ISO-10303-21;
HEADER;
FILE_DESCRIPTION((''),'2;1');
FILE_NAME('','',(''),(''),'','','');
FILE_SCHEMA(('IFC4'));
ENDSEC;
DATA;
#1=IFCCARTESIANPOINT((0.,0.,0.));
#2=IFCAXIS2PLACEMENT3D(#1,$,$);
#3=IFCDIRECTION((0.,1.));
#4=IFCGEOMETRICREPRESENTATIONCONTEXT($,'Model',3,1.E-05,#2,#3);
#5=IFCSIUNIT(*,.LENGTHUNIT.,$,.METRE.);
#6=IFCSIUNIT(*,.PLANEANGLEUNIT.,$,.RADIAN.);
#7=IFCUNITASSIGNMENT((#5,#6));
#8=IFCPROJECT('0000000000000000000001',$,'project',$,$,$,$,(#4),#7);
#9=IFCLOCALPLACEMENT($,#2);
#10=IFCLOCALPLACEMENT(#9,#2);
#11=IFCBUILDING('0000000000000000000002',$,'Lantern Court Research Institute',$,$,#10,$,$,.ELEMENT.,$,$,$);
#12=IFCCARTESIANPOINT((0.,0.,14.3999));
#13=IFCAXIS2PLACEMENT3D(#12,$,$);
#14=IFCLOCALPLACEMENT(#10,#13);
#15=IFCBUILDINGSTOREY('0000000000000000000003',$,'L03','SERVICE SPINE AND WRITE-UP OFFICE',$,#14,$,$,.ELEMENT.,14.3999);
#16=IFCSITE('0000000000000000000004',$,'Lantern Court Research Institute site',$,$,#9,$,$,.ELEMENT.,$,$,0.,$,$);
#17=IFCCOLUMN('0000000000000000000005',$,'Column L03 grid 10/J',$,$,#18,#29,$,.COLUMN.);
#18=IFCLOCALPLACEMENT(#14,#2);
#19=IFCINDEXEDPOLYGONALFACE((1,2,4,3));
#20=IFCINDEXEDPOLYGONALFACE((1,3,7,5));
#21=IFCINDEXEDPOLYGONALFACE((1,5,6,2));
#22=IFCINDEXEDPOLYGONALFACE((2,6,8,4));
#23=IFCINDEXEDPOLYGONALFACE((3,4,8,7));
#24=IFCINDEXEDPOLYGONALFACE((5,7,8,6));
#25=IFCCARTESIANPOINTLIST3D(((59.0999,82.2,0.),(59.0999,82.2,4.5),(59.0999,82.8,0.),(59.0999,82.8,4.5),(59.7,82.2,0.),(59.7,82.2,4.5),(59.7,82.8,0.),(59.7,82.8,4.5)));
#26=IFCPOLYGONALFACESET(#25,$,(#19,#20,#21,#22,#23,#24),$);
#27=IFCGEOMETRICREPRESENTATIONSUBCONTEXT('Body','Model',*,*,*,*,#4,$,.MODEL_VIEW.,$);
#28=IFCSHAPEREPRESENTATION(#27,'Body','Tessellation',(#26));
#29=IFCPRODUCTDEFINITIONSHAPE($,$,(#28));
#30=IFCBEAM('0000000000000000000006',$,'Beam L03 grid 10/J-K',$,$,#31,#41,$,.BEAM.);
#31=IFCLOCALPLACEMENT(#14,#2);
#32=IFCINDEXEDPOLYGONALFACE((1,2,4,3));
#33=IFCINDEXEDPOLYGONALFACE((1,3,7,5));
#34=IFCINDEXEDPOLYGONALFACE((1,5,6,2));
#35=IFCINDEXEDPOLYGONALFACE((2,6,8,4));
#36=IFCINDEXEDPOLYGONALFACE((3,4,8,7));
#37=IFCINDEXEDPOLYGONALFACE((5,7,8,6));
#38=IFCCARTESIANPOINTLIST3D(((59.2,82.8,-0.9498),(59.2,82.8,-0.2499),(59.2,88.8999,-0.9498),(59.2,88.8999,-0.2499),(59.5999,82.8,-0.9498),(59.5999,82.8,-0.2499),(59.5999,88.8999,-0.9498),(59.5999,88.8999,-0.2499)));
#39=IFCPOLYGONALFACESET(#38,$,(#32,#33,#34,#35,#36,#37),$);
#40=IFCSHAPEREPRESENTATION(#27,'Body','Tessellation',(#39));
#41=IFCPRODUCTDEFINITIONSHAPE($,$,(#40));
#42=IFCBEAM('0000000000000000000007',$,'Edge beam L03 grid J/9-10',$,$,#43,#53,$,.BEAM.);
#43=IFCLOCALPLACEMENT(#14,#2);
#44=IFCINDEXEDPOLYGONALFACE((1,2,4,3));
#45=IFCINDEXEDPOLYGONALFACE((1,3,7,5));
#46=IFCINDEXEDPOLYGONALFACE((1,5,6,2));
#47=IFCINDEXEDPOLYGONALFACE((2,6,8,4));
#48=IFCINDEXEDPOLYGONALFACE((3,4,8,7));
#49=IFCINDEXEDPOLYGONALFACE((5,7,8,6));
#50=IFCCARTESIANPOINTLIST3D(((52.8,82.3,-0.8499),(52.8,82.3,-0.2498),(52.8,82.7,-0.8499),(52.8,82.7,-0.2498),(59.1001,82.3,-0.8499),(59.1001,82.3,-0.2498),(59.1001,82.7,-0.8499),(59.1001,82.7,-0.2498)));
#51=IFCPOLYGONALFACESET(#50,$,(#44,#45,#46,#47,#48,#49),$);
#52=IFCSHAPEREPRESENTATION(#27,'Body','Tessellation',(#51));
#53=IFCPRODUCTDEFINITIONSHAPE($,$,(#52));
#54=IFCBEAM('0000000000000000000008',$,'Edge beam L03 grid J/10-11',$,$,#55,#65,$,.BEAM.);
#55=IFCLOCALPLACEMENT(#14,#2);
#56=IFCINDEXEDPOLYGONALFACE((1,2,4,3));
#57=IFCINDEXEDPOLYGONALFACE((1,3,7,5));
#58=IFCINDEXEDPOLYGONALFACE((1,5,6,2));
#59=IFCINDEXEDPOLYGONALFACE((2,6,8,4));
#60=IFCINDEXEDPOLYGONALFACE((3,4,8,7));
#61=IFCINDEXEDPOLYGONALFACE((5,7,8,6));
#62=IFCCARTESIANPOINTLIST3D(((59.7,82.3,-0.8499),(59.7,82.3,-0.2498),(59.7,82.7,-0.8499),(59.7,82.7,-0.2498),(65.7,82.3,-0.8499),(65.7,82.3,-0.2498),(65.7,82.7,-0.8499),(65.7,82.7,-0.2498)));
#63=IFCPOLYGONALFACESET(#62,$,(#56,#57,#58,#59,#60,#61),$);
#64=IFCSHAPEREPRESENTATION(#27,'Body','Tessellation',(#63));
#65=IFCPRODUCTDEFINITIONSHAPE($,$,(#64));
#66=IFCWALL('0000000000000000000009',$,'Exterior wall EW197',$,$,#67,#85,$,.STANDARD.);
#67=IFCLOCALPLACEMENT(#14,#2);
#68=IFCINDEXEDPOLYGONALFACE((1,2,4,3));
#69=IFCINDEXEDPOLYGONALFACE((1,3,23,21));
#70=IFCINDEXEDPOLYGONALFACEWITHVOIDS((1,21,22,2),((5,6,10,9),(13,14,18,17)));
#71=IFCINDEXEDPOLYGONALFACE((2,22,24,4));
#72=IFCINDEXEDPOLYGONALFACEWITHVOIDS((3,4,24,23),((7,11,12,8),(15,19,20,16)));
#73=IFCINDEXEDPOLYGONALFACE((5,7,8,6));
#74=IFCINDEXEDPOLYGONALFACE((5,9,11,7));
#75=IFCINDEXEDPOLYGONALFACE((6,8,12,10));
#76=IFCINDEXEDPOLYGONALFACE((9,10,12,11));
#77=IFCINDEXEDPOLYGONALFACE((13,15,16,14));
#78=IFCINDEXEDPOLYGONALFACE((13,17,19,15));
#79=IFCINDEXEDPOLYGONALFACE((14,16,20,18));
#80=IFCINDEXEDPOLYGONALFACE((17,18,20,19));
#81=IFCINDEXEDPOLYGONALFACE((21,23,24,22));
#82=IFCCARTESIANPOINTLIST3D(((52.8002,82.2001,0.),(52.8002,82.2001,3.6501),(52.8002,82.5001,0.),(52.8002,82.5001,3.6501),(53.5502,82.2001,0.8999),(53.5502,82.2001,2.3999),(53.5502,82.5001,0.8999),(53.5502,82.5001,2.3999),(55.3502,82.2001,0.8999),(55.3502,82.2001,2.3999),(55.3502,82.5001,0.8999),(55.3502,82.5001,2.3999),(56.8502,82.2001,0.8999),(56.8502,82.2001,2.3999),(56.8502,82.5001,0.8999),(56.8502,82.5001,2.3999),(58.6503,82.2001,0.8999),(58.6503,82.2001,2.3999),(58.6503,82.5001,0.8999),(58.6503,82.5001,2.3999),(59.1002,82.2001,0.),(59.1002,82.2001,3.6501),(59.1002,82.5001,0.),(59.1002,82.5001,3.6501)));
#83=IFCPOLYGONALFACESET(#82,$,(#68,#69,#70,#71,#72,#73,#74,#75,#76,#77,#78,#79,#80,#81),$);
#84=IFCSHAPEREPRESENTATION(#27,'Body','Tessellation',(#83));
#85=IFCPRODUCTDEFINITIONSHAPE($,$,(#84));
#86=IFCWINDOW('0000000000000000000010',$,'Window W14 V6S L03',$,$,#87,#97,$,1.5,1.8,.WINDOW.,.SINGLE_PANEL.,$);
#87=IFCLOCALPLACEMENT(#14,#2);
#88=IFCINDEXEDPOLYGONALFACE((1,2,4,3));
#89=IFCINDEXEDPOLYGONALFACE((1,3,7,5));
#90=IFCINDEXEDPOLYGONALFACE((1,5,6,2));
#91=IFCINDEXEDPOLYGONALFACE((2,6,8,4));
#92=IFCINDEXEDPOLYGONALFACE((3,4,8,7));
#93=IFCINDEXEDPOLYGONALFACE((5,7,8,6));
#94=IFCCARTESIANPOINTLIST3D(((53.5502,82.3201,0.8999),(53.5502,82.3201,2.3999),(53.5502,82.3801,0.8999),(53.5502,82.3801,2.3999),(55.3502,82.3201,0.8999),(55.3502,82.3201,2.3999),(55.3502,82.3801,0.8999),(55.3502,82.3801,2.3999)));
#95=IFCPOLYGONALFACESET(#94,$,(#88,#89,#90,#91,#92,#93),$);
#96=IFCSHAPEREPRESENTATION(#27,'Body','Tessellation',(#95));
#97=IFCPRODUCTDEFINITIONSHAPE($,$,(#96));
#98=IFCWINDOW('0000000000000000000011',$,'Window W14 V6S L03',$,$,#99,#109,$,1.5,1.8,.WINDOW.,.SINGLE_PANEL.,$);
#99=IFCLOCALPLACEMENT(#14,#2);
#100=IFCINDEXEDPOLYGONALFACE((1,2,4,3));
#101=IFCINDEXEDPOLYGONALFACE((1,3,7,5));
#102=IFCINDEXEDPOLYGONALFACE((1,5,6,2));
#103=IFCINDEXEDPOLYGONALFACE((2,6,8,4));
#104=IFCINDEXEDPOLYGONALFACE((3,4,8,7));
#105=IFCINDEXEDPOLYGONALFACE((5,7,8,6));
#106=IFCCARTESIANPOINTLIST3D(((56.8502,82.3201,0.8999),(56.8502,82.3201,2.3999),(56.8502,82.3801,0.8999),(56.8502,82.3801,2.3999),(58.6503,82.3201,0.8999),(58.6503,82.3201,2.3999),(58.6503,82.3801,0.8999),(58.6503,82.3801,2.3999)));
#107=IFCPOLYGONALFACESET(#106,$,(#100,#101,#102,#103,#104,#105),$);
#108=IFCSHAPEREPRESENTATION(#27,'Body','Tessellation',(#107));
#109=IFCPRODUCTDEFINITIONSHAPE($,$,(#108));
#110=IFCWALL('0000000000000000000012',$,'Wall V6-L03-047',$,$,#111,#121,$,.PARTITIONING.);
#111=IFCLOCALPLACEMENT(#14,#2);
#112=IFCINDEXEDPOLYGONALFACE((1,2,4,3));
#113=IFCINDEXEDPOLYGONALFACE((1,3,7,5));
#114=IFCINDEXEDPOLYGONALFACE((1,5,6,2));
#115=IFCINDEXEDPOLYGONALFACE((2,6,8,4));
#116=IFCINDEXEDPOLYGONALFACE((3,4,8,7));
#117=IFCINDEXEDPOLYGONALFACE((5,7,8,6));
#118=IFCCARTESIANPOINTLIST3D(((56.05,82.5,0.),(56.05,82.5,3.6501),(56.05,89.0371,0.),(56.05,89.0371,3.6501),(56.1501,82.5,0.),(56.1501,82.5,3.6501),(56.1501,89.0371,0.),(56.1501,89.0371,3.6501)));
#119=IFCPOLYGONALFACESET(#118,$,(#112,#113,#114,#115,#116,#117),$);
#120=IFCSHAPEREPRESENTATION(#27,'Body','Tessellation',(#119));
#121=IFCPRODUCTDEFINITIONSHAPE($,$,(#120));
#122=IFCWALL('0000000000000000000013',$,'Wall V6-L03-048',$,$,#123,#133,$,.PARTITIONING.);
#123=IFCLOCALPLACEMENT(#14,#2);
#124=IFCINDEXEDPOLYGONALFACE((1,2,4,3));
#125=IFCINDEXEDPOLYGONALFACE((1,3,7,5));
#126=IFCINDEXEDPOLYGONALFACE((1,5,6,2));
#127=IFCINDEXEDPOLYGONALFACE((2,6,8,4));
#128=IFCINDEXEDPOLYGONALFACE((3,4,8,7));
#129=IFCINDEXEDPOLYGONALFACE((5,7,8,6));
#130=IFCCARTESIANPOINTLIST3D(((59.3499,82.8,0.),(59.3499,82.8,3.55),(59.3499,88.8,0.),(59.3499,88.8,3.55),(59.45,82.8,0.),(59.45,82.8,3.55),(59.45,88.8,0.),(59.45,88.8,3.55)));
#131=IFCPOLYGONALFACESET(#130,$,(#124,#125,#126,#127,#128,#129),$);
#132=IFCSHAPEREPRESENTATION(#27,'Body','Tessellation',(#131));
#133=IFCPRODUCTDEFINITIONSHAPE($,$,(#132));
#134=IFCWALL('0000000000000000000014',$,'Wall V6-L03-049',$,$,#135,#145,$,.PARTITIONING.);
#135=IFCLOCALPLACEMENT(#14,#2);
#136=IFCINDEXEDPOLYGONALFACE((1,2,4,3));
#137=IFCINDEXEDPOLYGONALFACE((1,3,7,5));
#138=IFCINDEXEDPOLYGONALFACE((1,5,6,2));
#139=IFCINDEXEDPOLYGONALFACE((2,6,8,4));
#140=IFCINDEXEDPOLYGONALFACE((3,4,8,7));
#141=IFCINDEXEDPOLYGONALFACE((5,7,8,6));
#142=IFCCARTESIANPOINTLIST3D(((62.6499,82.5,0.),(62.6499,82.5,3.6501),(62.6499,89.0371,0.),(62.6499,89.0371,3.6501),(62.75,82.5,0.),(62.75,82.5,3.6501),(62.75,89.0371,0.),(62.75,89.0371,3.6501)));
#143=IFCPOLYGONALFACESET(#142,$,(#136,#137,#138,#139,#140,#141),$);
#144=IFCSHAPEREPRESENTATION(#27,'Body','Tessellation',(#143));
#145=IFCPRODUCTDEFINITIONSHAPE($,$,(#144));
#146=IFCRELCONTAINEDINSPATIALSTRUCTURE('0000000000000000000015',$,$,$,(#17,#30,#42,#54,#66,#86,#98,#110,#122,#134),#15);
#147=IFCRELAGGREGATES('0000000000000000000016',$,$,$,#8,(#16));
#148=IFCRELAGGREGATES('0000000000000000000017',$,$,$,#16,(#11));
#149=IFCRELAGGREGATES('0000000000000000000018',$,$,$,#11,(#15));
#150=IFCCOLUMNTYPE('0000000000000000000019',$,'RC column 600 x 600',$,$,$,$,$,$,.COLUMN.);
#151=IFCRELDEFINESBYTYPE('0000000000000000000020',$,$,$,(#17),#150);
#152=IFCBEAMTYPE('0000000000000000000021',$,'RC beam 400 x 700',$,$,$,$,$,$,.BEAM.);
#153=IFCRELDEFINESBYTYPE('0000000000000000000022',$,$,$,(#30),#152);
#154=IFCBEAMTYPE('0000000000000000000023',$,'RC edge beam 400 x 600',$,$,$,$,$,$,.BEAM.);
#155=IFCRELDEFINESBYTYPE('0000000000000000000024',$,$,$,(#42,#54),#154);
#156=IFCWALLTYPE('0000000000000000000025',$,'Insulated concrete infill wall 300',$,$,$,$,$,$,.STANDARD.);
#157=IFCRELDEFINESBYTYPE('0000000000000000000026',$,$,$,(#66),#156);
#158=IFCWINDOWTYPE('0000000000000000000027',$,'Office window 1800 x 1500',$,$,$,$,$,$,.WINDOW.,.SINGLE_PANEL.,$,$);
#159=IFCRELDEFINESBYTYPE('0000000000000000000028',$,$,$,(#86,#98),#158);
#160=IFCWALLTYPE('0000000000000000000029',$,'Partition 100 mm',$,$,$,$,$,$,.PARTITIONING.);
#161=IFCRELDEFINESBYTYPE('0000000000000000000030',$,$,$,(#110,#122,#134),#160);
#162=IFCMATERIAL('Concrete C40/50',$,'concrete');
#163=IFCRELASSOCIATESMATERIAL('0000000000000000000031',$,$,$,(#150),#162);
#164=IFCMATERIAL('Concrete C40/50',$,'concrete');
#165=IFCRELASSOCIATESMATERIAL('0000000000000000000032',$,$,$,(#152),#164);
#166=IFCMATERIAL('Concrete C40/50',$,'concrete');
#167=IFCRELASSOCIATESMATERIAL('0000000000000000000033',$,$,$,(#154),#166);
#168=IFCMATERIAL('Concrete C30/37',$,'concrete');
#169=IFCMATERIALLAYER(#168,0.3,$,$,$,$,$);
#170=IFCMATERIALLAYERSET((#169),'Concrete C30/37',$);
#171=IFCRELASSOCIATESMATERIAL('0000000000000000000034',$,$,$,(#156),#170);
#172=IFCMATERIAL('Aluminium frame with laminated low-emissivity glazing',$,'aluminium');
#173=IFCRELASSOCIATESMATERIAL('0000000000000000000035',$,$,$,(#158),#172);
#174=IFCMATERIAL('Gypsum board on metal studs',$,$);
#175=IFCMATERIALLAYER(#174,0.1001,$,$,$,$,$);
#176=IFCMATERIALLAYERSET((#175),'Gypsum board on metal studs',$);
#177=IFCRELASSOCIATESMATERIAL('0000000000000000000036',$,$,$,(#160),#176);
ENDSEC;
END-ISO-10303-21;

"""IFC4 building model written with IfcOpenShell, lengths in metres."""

from ifc_helpers import new_model, si_unit, direction, frame, frame_2d, origin, origin_2d, place, context, subcontext, project, spatial, rectangle, extrude, material, layer, layer_set, material_profile, profile_set, type_object, element, fill, save


model = new_model("IFC4")

# Units and contexts
model_context = context("Model", 3, precision=1e-05, world=origin(), true_north=direction((0.0, 1.0)))
body_context = subcontext(model_context, "Body", "Model", "MODEL_VIEW")
ifc_project = project(units=[si_unit("LENGTHUNIT", "METRE"), si_unit("PLANEANGLEUNIT", "RADIAN")], contexts=[model_context])

# Site, building, storey
site_placement = place(None, origin())
site = spatial("IfcSite", under=ifc_project, at=site_placement, Name="Lantern Court Research Institute site", CompositionType="ELEMENT", RefElevation=0.0)
building_placement = place(site_placement, origin())
building = spatial("IfcBuilding", under=site, at=building_placement, Name="Lantern Court Research Institute", CompositionType="ELEMENT")
storey_placement = place(building_placement, frame((0.0, 0.0, 14.3999)))
storey = spatial("IfcBuildingStorey", under=building, at=storey_placement, Name="L03", Description="SERVICE SPINE AND WRITE-UP OFFICE", CompositionType="ELEMENT", Elevation=14.3999)

# Column
ifc_material_1 = material(Name="Concrete C40/50", Category="concrete")
ifc_material_profile_1 = material_profile(ifc_material_1, rectangle(XDim=0.6001, YDim=0.6001, at=origin_2d()), Name="RC column 600 x 600")
ifc_profile_set_1 = profile_set([ifc_material_profile_1], Name="Concrete C40/50")
column_type = type_object("IfcColumnType", Name="RC column 600 x 600", PredefinedType="COLUMN", material=ifc_profile_set_1)
column_placement = place(storey_placement, frame((59.3999, 82.5, 0.0), z_axis=(0.0, 0.0, 1.0), x_axis=(1.0, 0.0, 0.0)))
element("IfcColumn", 1, at=column_placement, inside=storey, type_object=column_type, Name="Column L03 grid 10/J", PredefinedType="COLUMN", context=body_context, shape_type="SweptSolid", body=[
    extrude(rectangle(XDim=0.6001, YDim=0.6001, at=origin_2d()), origin(), (0.0, 0.0, 1.0), 4.5),
])

# Beams
ifc_material_2 = material(Name="Concrete C40/50", Category="concrete")
ifc_material_profile_2 = material_profile(ifc_material_2, rectangle(XDim=0.3999, YDim=0.7, at=origin_2d()), Name="RC beam 400 x 700")
ifc_profile_set_2 = profile_set([ifc_material_profile_2], Name="Concrete C40/50")
beam_type_1 = type_object("IfcBeamType", Name="RC beam 400 x 700", PredefinedType="BEAM", material=ifc_profile_set_2)
beam_1_placement = place(storey_placement, frame((59.3999, 82.8, -0.5999), z_axis=(0.0, 1.0, 0.0), x_axis=(-1.0, 0.0, 0.0)))
element("IfcBeam", 2, at=beam_1_placement, inside=storey, type_object=beam_type_1, Name="Beam L03 grid 10/J-K", PredefinedType="BEAM", context=body_context, shape_type="SweptSolid", body=[
    extrude(rectangle(XDim=0.3999, YDim=0.7, at=origin_2d()), origin(), (0.0, 0.0, 1.0), 6.0999),
])
ifc_material_3 = material(Name="Concrete C40/50", Category="concrete")
ifc_material_profile_3 = material_profile(ifc_material_3, rectangle(XDim=0.3999, YDim=0.6001, at=origin_2d()), Name="RC beam 400 x 600")
ifc_profile_set_3 = profile_set([ifc_material_profile_3], Name="Concrete C40/50")
beam_type_2 = type_object("IfcBeamType", Name="RC edge beam 400 x 600", PredefinedType="BEAM", material=ifc_profile_set_3)
beam_2_placement = place(storey_placement, frame((52.8, 82.5, -0.5498), z_axis=(1.0, 0.0, 0.0), x_axis=(0.0, 1.0, 0.0)))
element("IfcBeam", 3, at=beam_2_placement, inside=storey, type_object=beam_type_2, Name="Edge beam L03 grid J/9-10", PredefinedType="BEAM", context=body_context, shape_type="SweptSolid", body=[
    extrude(rectangle(XDim=0.3999, YDim=0.6001, at=origin_2d()), origin(), (0.0, 0.0, 1.0), 6.3),
])
beam_3_placement = place(storey_placement, frame((59.7, 82.5, -0.5498), z_axis=(1.0, 0.0, 0.0), x_axis=(0.0, 1.0, 0.0)))
element("IfcBeam", 4, at=beam_3_placement, inside=storey, type_object=beam_type_2, Name="Edge beam L03 grid J/10-11", PredefinedType="BEAM", context=body_context, shape_type="SweptSolid", body=[
    extrude(rectangle(XDim=0.3999, YDim=0.6001, at=origin_2d()), origin(), (0.0, 0.0, 1.0), 6.0),
])

# Wall, openings, windows
ifc_material_4 = material(Name="Concrete C30/37", Category="concrete")
ifc_layer_1 = layer(ifc_material_4, 0.3)
ifc_layer_set_1 = layer_set([ifc_layer_1], Name="Concrete C30/37")
wall_type_1 = type_object("IfcWallType", Name="Insulated concrete infill wall 300", PredefinedType="STANDARD", material=ifc_layer_set_1)
wall_1_placement = place(storey_placement, frame((59.1001, 82.3501, 0.0), z_axis=(0.0, 0.0, 1.0), x_axis=(-1.0, 0.0, 0.0)))
wall_1 = element("IfcWall", 5, at=wall_1_placement, inside=storey, type_object=wall_type_1, Name="Exterior wall EW197", PredefinedType="STANDARD", context=body_context, shape_type="SweptSolid", body=[
    extrude(rectangle(XDim=6.3, YDim=0.3, at=frame_2d((3.1499, 0.0))), origin(), (0.0, 0.0, 1.0), 3.6501),
])
opening_1_placement = place(wall_1_placement, frame((3.75, 0.0, 0.8999)))
opening_1 = element("IfcOpeningElement", 6, at=opening_1_placement, cuts=wall_1, PredefinedType="OPENING", context=body_context, shape_type="SweptSolid", body=[
    extrude(rectangle(XDim=1.8, YDim=1.5, at=frame_2d((0.8999, 0.75))), frame((0.0, 0.1599, 0.0), z_axis=(0.0, -1.0, 0.0), x_axis=(1.0, 0.0, 0.0)), (0.0, 0.0, 1.0), 0.3201),
])
opening_2_placement = place(wall_1_placement, frame((0.45, 0.0, 0.8999)))
opening_2 = element("IfcOpeningElement", 7, at=opening_2_placement, cuts=wall_1, PredefinedType="OPENING", context=body_context, shape_type="SweptSolid", body=[
    extrude(rectangle(XDim=1.8, YDim=1.5, at=frame_2d((0.8999, 0.75))), frame((0.0, 0.1599, 0.0), z_axis=(0.0, -1.0, 0.0), x_axis=(1.0, 0.0, 0.0)), (0.0, 0.0, 1.0), 0.3201),
])
ifc_material_5 = material(Name="Aluminium frame with laminated low-emissivity glazing", Category="aluminium")
window_type_1 = type_object("IfcWindowType", Name="Office window 1800 x 1500", PartitioningType="SINGLE_PANEL", PredefinedType="WINDOW", material=ifc_material_5)
window_1_placement = place(opening_1_placement, origin())
window_1 = element("IfcWindow", 8, at=window_1_placement, inside=storey, type_object=window_type_1, Name="Window W14 V6S L03", OverallHeight=1.5, OverallWidth=1.8, PartitioningType="SINGLE_PANEL", PredefinedType="WINDOW", context=body_context, shape_type="SweptSolid", body=[
    extrude(rectangle(XDim=1.8, YDim=1.5, at=frame_2d((0.8999, 0.75))), frame((0.0, 0.03, 0.0), z_axis=(0.0, -1.0, 0.0), x_axis=(1.0, 0.0, 0.0)), (0.0, 0.0, 1.0), 0.0601),
])
fill(opening_1, window_1)
window_2_placement = place(opening_2_placement, origin())
window_2 = element("IfcWindow", 9, at=window_2_placement, inside=storey, type_object=window_type_1, Name="Window W14 V6S L03", OverallHeight=1.5, OverallWidth=1.8, PartitioningType="SINGLE_PANEL", PredefinedType="WINDOW", context=body_context, shape_type="SweptSolid", body=[
    extrude(rectangle(XDim=1.8, YDim=1.5, at=frame_2d((0.8999, 0.75))), frame((0.0, 0.03, 0.0), z_axis=(0.0, -1.0, 0.0), x_axis=(1.0, 0.0, 0.0)), (0.0, 0.0, 1.0), 0.0601),
])
fill(opening_2, window_2)

# Walls
ifc_material_6 = material(Name="Gypsum board on metal studs")
ifc_layer_2 = layer(ifc_material_6, 0.1001)
ifc_layer_set_2 = layer_set([ifc_layer_2], Name="Gypsum board on metal studs")
wall_type_2 = type_object("IfcWallType", Name="Partition 100 mm", PredefinedType="PARTITIONING", material=ifc_layer_set_2)
wall_2_placement = place(storey_placement, frame((56.1001, 82.5, 0.0), z_axis=(0.0, 0.0, 1.0), x_axis=(0.0, 1.0, 0.0)))
element("IfcWall", 10, at=wall_2_placement, inside=storey, type_object=wall_type_2, Name="Wall V6-L03-047", PredefinedType="PARTITIONING", context=body_context, shape_type="SweptSolid", body=[
    extrude(rectangle(XDim=6.5371, YDim=0.1001, at=frame_2d((3.2686, 0.0))), origin(), (0.0, 0.0, 1.0), 3.6501),
])
wall_3_placement = place(storey_placement, frame((59.3999, 82.8, 0.0), z_axis=(0.0, 0.0, 1.0), x_axis=(0.0, 1.0, 0.0)))
element("IfcWall", 11, at=wall_3_placement, inside=storey, type_object=wall_type_2, Name="Wall V6-L03-048", PredefinedType="PARTITIONING", context=body_context, shape_type="SweptSolid", body=[
    extrude(rectangle(XDim=6.0, YDim=0.1001, at=frame_2d((3.0, 0.0))), origin(), (0.0, 0.0, 1.0), 3.55),
])
wall_4_placement = place(storey_placement, frame((62.7, 82.5, 0.0), z_axis=(0.0, 0.0, 1.0), x_axis=(0.0, 1.0, 0.0)))
element("IfcWall", 12, at=wall_4_placement, inside=storey, type_object=wall_type_2, Name="Wall V6-L03-049", PredefinedType="PARTITIONING", context=body_context, shape_type="SweptSolid", body=[
    extrude(rectangle(XDim=6.5371, YDim=0.1001, at=frame_2d((3.2686, 0.0))), origin(), (0.0, 0.0, 1.0), 3.6501),
])

save(model, "model.ifc")
